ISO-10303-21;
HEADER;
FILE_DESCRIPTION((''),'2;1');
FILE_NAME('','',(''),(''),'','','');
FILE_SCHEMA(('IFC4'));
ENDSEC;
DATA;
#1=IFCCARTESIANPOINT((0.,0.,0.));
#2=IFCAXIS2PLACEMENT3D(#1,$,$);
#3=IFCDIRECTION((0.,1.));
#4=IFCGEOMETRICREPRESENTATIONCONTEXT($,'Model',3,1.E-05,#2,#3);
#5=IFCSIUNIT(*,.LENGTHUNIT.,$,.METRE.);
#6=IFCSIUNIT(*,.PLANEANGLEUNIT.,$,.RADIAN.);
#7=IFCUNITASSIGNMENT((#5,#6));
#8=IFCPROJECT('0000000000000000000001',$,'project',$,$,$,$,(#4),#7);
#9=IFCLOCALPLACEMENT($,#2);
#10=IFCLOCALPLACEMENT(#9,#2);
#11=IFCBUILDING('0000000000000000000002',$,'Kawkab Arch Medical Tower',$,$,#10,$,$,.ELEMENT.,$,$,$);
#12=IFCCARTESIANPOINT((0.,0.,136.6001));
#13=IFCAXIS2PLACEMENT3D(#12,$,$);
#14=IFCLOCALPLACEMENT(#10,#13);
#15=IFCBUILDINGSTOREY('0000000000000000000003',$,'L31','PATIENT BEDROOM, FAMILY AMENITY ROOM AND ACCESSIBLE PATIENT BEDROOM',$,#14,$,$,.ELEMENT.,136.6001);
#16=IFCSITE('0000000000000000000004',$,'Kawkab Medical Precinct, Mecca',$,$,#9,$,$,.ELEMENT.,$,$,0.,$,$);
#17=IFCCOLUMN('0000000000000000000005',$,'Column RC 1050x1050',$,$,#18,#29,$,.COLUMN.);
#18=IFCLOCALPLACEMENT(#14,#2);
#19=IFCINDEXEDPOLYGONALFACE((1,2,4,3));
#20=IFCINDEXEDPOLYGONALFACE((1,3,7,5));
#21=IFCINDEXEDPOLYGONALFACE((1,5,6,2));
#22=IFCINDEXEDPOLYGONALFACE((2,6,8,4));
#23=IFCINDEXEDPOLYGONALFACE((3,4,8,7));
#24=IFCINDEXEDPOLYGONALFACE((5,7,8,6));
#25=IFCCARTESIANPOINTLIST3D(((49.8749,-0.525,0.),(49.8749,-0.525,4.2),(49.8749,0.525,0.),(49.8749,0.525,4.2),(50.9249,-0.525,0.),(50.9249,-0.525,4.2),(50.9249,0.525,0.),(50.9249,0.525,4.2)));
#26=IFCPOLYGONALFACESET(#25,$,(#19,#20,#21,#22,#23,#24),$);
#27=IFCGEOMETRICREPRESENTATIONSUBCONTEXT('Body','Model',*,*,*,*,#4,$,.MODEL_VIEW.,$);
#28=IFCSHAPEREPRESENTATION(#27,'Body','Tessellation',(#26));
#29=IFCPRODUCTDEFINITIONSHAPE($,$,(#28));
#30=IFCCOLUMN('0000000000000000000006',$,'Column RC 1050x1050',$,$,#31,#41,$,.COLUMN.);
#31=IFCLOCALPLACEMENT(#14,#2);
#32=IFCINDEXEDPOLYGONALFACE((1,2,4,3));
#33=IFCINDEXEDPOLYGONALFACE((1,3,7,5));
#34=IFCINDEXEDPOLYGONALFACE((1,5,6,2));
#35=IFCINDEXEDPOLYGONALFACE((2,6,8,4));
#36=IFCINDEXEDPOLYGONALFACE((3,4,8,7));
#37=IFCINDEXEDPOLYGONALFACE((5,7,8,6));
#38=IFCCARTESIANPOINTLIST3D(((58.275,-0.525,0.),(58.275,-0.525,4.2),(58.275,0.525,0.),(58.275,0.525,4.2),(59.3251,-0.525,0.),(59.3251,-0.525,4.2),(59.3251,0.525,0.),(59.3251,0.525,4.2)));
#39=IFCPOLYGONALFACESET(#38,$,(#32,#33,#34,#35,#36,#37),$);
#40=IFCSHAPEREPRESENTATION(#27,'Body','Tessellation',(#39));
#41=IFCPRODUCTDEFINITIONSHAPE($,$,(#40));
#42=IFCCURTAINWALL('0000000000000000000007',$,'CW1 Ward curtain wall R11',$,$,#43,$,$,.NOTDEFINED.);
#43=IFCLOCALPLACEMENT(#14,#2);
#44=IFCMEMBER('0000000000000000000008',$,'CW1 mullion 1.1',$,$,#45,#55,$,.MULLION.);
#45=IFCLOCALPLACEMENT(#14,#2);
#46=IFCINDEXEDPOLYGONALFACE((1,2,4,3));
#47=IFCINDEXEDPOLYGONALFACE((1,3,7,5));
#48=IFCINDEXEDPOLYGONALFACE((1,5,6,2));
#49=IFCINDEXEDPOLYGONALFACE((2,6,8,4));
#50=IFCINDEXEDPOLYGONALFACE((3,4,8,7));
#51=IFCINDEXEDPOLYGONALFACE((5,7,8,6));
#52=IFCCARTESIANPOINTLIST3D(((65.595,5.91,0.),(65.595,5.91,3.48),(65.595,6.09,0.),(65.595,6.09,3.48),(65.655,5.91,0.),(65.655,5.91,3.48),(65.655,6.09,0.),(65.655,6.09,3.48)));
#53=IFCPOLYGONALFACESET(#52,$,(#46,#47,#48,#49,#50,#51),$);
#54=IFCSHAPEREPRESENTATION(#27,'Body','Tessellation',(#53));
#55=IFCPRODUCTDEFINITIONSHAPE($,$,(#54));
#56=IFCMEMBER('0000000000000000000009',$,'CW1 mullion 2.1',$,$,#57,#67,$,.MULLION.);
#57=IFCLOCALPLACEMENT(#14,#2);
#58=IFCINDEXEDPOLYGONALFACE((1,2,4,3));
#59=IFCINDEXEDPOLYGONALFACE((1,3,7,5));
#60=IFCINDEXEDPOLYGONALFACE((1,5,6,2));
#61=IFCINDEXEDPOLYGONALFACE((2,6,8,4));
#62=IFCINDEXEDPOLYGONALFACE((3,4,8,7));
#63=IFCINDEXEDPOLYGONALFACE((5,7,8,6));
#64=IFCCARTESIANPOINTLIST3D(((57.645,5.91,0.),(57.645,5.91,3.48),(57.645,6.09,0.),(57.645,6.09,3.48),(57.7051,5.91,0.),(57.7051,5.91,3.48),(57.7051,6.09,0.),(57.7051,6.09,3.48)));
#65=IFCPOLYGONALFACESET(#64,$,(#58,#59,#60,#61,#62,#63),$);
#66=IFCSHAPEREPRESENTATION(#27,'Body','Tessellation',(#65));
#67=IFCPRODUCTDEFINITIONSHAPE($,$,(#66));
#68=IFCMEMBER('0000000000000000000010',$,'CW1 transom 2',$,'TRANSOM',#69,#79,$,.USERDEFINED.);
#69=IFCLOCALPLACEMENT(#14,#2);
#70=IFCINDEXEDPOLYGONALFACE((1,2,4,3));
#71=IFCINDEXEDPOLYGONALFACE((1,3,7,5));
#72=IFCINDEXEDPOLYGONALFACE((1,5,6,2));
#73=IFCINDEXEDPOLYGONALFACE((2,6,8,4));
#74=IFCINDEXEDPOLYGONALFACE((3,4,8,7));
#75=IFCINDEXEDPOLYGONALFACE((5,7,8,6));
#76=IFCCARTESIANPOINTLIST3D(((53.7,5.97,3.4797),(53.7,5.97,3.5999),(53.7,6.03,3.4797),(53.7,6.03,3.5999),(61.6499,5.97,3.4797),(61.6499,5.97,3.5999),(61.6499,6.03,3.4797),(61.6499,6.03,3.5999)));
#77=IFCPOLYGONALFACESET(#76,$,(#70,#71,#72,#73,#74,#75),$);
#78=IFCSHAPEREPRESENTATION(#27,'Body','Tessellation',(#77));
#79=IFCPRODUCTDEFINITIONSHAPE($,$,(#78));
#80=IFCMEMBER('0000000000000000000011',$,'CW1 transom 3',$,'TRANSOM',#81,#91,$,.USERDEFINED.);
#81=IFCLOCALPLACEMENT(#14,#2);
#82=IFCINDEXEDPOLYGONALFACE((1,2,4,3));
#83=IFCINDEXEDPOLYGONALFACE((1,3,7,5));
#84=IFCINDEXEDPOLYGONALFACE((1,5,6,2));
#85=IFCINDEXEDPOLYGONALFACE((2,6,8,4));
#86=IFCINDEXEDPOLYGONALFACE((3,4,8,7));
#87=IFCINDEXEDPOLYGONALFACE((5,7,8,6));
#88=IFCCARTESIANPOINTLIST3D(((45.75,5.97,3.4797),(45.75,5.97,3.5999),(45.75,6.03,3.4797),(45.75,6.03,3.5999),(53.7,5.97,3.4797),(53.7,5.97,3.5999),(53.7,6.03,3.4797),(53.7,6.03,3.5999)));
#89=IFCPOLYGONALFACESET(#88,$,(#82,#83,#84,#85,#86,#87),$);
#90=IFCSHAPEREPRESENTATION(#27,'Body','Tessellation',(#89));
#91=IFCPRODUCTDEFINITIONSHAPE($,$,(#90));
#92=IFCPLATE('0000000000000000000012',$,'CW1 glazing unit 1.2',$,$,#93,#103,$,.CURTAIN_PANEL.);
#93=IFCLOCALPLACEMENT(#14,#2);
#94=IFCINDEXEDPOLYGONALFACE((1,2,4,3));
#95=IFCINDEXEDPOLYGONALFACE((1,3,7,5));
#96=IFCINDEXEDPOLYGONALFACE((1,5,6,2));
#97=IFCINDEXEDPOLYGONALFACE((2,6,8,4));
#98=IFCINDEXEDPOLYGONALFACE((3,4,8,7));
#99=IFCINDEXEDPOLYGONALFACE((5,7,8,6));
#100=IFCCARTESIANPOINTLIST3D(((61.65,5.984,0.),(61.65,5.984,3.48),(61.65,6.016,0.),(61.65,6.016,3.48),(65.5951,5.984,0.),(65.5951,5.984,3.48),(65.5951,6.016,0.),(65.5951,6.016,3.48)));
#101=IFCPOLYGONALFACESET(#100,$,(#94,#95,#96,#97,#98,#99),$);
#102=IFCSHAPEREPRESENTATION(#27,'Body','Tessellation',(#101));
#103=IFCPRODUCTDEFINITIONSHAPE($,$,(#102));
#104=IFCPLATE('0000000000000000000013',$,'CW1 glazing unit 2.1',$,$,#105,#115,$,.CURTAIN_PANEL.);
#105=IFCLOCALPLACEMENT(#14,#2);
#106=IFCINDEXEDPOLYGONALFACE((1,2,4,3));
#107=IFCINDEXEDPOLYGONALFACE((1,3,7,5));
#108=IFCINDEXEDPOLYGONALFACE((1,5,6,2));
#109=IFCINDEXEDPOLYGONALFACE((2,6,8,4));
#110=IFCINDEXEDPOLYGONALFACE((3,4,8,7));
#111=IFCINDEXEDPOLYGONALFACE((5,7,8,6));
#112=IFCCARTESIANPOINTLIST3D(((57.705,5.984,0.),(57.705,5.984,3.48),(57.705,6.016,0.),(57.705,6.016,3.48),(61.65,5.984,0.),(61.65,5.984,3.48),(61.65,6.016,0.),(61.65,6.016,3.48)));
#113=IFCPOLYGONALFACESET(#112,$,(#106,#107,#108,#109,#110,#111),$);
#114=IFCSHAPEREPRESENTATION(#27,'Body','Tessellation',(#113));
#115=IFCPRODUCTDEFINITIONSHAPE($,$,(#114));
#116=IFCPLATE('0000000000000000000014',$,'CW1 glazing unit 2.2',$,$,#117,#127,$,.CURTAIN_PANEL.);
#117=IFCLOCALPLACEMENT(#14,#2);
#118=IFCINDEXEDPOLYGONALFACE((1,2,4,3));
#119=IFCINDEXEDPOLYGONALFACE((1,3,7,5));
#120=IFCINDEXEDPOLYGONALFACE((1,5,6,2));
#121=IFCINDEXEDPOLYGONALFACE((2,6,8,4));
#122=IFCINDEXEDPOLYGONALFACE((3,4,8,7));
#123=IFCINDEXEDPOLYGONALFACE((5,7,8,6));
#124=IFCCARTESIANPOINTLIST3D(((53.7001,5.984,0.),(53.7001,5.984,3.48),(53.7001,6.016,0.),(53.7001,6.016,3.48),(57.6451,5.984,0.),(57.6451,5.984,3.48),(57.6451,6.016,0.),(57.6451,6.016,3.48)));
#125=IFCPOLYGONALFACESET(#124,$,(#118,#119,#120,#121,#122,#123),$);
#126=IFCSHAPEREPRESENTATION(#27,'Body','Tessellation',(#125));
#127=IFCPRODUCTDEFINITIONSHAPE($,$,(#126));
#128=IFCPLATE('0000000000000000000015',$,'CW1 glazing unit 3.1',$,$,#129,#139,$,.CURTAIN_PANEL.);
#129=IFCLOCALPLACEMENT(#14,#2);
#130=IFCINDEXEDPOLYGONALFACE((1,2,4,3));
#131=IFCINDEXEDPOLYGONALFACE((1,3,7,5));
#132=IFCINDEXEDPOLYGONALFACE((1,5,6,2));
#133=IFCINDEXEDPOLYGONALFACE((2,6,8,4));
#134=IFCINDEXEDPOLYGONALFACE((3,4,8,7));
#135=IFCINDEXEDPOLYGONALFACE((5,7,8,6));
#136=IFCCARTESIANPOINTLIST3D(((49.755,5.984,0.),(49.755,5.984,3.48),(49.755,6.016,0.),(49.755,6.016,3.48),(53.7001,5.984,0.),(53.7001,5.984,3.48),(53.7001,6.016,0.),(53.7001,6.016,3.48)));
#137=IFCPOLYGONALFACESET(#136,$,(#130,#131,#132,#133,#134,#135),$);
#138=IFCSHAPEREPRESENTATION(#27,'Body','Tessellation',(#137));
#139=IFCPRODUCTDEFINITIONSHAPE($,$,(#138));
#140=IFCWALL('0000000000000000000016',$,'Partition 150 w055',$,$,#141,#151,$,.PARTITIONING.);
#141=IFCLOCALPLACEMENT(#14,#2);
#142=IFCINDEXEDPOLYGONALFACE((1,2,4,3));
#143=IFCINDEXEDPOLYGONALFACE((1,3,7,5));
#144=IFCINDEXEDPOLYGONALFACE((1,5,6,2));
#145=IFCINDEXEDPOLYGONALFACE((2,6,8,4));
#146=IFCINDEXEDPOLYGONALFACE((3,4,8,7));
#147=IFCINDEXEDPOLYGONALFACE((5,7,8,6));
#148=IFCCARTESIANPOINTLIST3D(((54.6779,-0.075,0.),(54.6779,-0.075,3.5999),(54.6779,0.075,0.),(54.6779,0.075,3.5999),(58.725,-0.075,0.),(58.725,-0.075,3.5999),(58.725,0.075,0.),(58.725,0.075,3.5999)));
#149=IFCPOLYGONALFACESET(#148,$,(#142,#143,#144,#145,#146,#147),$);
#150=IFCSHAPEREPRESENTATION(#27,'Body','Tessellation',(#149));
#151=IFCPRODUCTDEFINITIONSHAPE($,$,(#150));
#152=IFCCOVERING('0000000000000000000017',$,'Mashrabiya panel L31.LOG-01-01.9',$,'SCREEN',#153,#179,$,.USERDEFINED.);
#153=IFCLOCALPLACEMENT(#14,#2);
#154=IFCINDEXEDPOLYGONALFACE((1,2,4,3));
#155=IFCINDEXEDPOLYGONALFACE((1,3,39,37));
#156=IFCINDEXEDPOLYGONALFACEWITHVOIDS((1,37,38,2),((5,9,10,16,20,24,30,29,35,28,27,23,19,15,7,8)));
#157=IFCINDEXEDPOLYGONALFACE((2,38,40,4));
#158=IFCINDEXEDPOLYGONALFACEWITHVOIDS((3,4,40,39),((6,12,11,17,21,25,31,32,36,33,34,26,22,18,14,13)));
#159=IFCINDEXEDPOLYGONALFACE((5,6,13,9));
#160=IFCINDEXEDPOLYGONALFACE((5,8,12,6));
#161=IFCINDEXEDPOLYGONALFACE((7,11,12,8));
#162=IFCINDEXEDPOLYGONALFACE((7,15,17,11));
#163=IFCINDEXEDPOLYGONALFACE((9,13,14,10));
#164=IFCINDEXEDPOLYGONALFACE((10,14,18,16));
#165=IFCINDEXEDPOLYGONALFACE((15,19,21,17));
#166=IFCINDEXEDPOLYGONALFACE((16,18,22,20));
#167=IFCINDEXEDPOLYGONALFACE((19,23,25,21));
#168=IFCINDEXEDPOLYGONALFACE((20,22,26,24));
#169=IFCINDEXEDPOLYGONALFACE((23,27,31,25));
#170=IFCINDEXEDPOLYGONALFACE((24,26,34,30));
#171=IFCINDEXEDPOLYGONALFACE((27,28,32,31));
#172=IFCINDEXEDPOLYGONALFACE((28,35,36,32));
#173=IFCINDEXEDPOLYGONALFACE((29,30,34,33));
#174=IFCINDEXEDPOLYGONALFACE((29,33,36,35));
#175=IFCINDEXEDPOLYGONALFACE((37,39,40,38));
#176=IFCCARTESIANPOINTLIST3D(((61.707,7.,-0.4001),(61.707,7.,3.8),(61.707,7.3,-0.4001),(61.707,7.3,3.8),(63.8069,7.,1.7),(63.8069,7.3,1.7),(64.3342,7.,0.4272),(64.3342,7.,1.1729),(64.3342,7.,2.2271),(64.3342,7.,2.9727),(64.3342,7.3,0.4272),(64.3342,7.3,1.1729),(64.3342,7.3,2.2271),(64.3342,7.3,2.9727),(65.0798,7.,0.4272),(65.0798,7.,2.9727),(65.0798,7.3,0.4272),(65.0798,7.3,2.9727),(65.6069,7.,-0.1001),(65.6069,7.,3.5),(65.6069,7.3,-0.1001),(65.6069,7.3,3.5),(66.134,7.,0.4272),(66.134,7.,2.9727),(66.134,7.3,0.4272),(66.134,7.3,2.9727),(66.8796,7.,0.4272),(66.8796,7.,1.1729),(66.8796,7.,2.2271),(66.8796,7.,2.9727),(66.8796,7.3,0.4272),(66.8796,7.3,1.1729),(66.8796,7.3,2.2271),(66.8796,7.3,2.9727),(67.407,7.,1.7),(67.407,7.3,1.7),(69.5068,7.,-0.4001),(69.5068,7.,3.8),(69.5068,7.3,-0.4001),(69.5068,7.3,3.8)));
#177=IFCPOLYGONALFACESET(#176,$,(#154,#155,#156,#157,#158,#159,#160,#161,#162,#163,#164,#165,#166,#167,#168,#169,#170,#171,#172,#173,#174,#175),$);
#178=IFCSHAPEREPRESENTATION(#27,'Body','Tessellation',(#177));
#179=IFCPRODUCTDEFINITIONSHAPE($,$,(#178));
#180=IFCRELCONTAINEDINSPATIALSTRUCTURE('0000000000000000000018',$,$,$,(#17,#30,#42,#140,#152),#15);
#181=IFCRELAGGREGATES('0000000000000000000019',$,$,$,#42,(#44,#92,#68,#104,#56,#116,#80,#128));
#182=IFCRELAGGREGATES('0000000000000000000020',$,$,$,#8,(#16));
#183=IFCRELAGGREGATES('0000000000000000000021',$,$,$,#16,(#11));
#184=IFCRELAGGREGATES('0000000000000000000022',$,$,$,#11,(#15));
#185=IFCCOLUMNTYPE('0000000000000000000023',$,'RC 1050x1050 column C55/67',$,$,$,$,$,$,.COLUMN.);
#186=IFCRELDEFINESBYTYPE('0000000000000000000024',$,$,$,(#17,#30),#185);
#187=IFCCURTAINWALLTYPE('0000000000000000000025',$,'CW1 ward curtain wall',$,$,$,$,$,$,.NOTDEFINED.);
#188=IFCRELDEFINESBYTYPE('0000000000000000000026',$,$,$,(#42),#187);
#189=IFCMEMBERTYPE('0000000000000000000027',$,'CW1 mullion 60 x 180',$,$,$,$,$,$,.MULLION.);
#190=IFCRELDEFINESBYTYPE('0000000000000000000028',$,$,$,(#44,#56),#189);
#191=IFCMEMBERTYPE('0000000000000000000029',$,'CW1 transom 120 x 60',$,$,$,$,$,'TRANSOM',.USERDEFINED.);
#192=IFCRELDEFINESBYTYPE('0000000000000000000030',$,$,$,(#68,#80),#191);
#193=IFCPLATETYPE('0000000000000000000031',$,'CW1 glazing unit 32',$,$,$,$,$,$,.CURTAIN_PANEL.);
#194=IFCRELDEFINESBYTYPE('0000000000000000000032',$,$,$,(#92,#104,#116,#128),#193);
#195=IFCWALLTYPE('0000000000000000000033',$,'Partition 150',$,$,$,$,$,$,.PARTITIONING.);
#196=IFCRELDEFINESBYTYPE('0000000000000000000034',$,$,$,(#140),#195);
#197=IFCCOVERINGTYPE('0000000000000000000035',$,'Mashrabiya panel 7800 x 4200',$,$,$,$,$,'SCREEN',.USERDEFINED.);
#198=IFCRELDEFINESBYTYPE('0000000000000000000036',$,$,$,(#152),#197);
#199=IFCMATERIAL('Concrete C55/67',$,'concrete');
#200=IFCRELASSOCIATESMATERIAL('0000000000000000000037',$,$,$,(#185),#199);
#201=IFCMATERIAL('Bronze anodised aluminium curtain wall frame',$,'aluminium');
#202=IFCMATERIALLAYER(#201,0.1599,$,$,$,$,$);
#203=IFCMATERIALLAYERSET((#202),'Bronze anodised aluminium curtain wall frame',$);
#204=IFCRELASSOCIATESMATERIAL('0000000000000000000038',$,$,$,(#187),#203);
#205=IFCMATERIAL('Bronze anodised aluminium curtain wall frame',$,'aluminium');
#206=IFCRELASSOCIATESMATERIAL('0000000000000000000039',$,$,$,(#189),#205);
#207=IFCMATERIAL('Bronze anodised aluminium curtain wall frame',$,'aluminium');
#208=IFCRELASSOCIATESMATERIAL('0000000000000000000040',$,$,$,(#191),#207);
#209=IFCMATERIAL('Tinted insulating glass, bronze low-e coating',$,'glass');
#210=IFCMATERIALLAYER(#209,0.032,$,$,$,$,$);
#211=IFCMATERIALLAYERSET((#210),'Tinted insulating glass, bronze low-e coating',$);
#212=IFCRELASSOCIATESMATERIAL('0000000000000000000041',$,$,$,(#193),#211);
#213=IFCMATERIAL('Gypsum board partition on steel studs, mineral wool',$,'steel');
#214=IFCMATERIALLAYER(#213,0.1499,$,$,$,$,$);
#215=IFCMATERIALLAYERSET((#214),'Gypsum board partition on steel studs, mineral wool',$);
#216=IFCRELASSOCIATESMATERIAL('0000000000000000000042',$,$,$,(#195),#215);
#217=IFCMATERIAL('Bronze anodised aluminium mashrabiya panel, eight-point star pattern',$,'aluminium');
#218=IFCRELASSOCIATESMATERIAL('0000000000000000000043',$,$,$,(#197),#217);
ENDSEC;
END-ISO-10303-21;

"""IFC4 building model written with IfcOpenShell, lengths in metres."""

from ifc_helpers import new_model, si_unit, direction, frame, frame_2d, origin, origin_2d, place, context, subcontext, project, spatial, polyline, rectangle, outline, extrude, material, layer, layer_set, material_profile, profile_set, type_object, element, aggregate, save


model = new_model("IFC4")

# Units and contexts
model_context = context("Model", 3, precision=1e-05, world=origin(), true_north=direction((0.0, 1.0)))
body_context = subcontext(model_context, "Body", "Model", "MODEL_VIEW")
ifc_project = project(units=[si_unit("LENGTHUNIT", "METRE"), si_unit("PLANEANGLEUNIT", "RADIAN")], contexts=[model_context])

# Site, building, storey
site_placement = place(None, origin())
site = spatial("IfcSite", under=ifc_project, at=site_placement, Name="Kawkab Medical Precinct, Mecca", CompositionType="ELEMENT", RefElevation=0.0)
building_placement = place(site_placement, origin())
building = spatial("IfcBuilding", under=site, at=building_placement, Name="Kawkab Arch Medical Tower", CompositionType="ELEMENT")
storey_placement = place(building_placement, frame((0.0, 0.0, 136.6001)))
storey = spatial("IfcBuildingStorey", under=building, at=storey_placement, Name="L31", Description="PATIENT BEDROOM, FAMILY AMENITY ROOM AND ACCESSIBLE PATIENT BEDROOM", CompositionType="ELEMENT", Elevation=136.6001)

# Columns
ifc_material_1 = material(Name="Concrete C55/67", Category="concrete")
ifc_material_profile_1 = material_profile(ifc_material_1, rectangle(XDim=1.05, YDim=1.05, at=origin_2d()), Name="RC 1050x1050")
ifc_profile_set_1 = profile_set([ifc_material_profile_1], Name="Concrete C55/67")
column_type = type_object("IfcColumnType", Name="RC 1050x1050 column C55/67", PredefinedType="COLUMN", material=ifc_profile_set_1)
for number, where, z_axis, x_axis, name in (
    (1, (50.3999, 0.0, 0.0), (0.0, 0.0, 1.0), (1.0, 0.0, 0.0), "Column RC 1050x1050"),
    (2, (58.8, 0.0, 0.0), (0.0, 0.0, 1.0), (1.0, 0.0, 0.0), "Column RC 1050x1050"),
):
    element("IfcColumn", number, at=place(storey_placement, frame(where, z_axis=z_axis, x_axis=x_axis)), inside=storey, type_object=column_type, Name=name, PredefinedType="COLUMN", context=body_context, shape_type="SweptSolid", body=[
        extrude(rectangle(XDim=1.05, YDim=1.05, at=origin_2d()), origin(), (0.0, 0.0, 1.0), 4.2),
    ])

# Curtain wall, members, plates
ifc_material_2 = material(Name="Bronze anodised aluminium curtain wall frame", Category="aluminium")
ifc_layer_1 = layer(ifc_material_2, 0.1599)
ifc_layer_set_1 = layer_set([ifc_layer_1], Name="Bronze anodised aluminium curtain wall frame")
curtain_wall_type = type_object("IfcCurtainWallType", Name="CW1 ward curtain wall", PredefinedType="NOTDEFINED", material=ifc_layer_set_1)
curtain_wall_placement = place(storey_placement, origin())
curtain_wall = element("IfcCurtainWall", 3, at=curtain_wall_placement, inside=storey, type_object=curtain_wall_type, Name="CW1 Ward curtain wall R11", PredefinedType="NOTDEFINED")
ifc_material_3 = material(Name="Bronze anodised aluminium curtain wall frame", Category="aluminium")
ifc_material_profile_2 = material_profile(ifc_material_3, rectangle(XDim=0.1799, YDim=0.0601, at=origin_2d()), Name="AL 60x180")
ifc_profile_set_2 = profile_set([ifc_material_profile_2], Name="Bronze anodised aluminium curtain wall frame")
member_type_1 = type_object("IfcMemberType", Name="CW1 mullion 60 x 180", PredefinedType="MULLION", material=ifc_profile_set_2)
member_1_placement = place(storey_placement, frame((65.625, 6.0, 0.0), z_axis=(0.0, 0.0, 1.0), x_axis=(0.0, -1.0, 0.0)))
member_1 = element("IfcMember", 4, at=member_1_placement, type_object=member_type_1, Name="CW1 mullion 1.1", PredefinedType="MULLION", context=body_context, shape_type="SweptSolid", body=[
    extrude(rectangle(XDim=0.1799, YDim=0.0601, at=origin_2d()), origin(), (0.0, 0.0, 1.0), 3.48),
])
member_2_placement = place(storey_placement, frame((57.675, 6.0, 0.0), z_axis=(0.0, 0.0, 1.0), x_axis=(0.0, -1.0, 0.0)))
member_2 = element("IfcMember", 5, at=member_2_placement, type_object=member_type_1, Name="CW1 mullion 2.1", PredefinedType="MULLION", context=body_context, shape_type="SweptSolid", body=[
    extrude(rectangle(XDim=0.1799, YDim=0.0601, at=origin_2d()), origin(), (0.0, 0.0, 1.0), 3.48),
])
ifc_material_4 = material(Name="Bronze anodised aluminium curtain wall frame", Category="aluminium")
ifc_material_profile_3 = material_profile(ifc_material_4, rectangle(XDim=0.0601, YDim=0.1201, at=origin_2d()), Name="AL 60x120")
ifc_profile_set_3 = profile_set([ifc_material_profile_3], Name="Bronze anodised aluminium curtain wall frame")
member_type_2 = type_object("IfcMemberType", Name="CW1 transom 120 x 60", ElementType="TRANSOM", PredefinedType="USERDEFINED", material=ifc_profile_set_3)
member_3_placement = place(storey_placement, frame((61.6499, 6.0, 3.5398), z_axis=(-1.0, 0.0, 0.0), x_axis=(0.0, -1.0, 0.0)))
member_3 = element("IfcMember", 6, at=member_3_placement, type_object=member_type_2, Name="CW1 transom 2", ObjectType="TRANSOM", PredefinedType="USERDEFINED", context=body_context, shape_type="SweptSolid", body=[
    extrude(rectangle(XDim=0.0601, YDim=0.1201, at=origin_2d()), origin(), (0.0, 0.0, 1.0), 7.95),
])
member_4_placement = place(storey_placement, frame((53.7, 6.0, 3.5398), z_axis=(-1.0, 0.0, 0.0), x_axis=(0.0, -1.0, 0.0)))
member_4 = element("IfcMember", 7, at=member_4_placement, type_object=member_type_2, Name="CW1 transom 3", ObjectType="TRANSOM", PredefinedType="USERDEFINED", context=body_context, shape_type="SweptSolid", body=[
    extrude(rectangle(XDim=0.0601, YDim=0.1201, at=origin_2d()), origin(), (0.0, 0.0, 1.0), 7.95),
])
ifc_material_5 = material(Name="Tinted insulating glass, bronze low-e coating", Category="glass")
ifc_layer_2 = layer(ifc_material_5, 0.032)
ifc_layer_set_2 = layer_set([ifc_layer_2], Name="Tinted insulating glass, bronze low-e coating")
plate_type = type_object("IfcPlateType", Name="CW1 glazing unit 32", PredefinedType="CURTAIN_PANEL", material=ifc_layer_set_2)
plate_1_placement = place(storey_placement, frame((63.6226, 6.0, 0.0), z_axis=(0.0, 0.0, 1.0), x_axis=(-1.0, 0.0, 0.0)))
plate_1 = element("IfcPlate", 8, at=plate_1_placement, type_object=plate_type, Name="CW1 glazing unit 1.2", PredefinedType="CURTAIN_PANEL", context=body_context, shape_type="SweptSolid", body=[
    extrude(rectangle(XDim=3.9451, YDim=0.032, at=origin_2d()), origin(), (0.0, 0.0, 1.0), 3.48),
])
plate_2_placement = place(storey_placement, frame((59.6775, 6.0, 0.0), z_axis=(0.0, 0.0, 1.0), x_axis=(-1.0, 0.0, 0.0)))
plate_2 = element("IfcPlate", 9, at=plate_2_placement, type_object=plate_type, Name="CW1 glazing unit 2.1", PredefinedType="CURTAIN_PANEL", context=body_context, shape_type="SweptSolid", body=[
    extrude(rectangle(XDim=3.9451, YDim=0.032, at=origin_2d()), origin(), (0.0, 0.0, 1.0), 3.48),
])
plate_3_placement = place(storey_placement, frame((55.6726, 6.0, 0.0), z_axis=(0.0, 0.0, 1.0), x_axis=(-1.0, 0.0, 0.0)))
plate_3 = element("IfcPlate", 10, at=plate_3_placement, type_object=plate_type, Name="CW1 glazing unit 2.2", PredefinedType="CURTAIN_PANEL", context=body_context, shape_type="SweptSolid", body=[
    extrude(rectangle(XDim=3.9451, YDim=0.032, at=origin_2d()), origin(), (0.0, 0.0, 1.0), 3.48),
])
plate_4_placement = place(storey_placement, frame((51.7275, 6.0, 0.0), z_axis=(0.0, 0.0, 1.0), x_axis=(-1.0, 0.0, 0.0)))
plate_4 = element("IfcPlate", 11, at=plate_4_placement, type_object=plate_type, Name="CW1 glazing unit 3.1", PredefinedType="CURTAIN_PANEL", context=body_context, shape_type="SweptSolid", body=[
    extrude(rectangle(XDim=3.9451, YDim=0.032, at=origin_2d()), origin(), (0.0, 0.0, 1.0), 3.48),
])
aggregate(curtain_wall, [member_1, plate_1, member_3, plate_2, member_2, plate_3, member_4, plate_4])

# Wall
ifc_material_6 = material(Name="Gypsum board partition on steel studs, mineral wool", Category="steel")
ifc_layer_3 = layer(ifc_material_6, 0.1499)
ifc_layer_set_3 = layer_set([ifc_layer_3], Name="Gypsum board partition on steel studs, mineral wool")
wall_type = type_object("IfcWallType", Name="Partition 150", PredefinedType="PARTITIONING", material=ifc_layer_set_3)
wall_placement = place(storey_placement, frame((54.678, 0.0, 0.0), z_axis=(0.0, 0.0, 1.0), x_axis=(1.0, 0.0, 0.0)))
element("IfcWall", 12, at=wall_placement, inside=storey, type_object=wall_type, Name="Partition 150 w055", PredefinedType="PARTITIONING", context=body_context, shape_type="SweptSolid", body=[
    extrude(rectangle(XDim=4.0471, YDim=0.1499, at=frame_2d((2.0234, 0.0))), origin(), (0.0, 0.0, 1.0), 3.5999),
])

# Covering
ifc_material_7 = material(Name="Bronze anodised aluminium mashrabiya panel, eight-point star pattern", Category="aluminium")
ifc_material_profile_4 = material_profile(ifc_material_7, outline(polyline([(-3.8999, -2.1001), (3.8999, -2.1001), (3.8999, 2.1001), (-3.8999, 2.1001), (-3.8999, -2.1001)]), holes=[polyline([(1.8, 0.0), (1.2727, 0.5271), (1.2727, 1.2727), (0.5271, 1.2727), (0.0, 1.8), (-0.5271, 1.2727), (-1.2727, 1.2727), (-1.2727, 0.5271), (-1.8, 0.0), (-1.2727, -0.5271), (-1.2727, -1.2727), (-0.5271, -1.2727), (0.0, -1.8), (0.5271, -1.2727), (1.2727, -1.2727), (1.2727, -0.5271), (1.8, 0.0)])]), Name="Mashrabiya panel 7800x4200")
ifc_profile_set_4 = profile_set([ifc_material_profile_4], Name="Bronze anodised aluminium mashrabiya panel, eight-point star pattern")
covering_type_1 = type_object("IfcCoveringType", Name="Mashrabiya panel 7800 x 4200", ElementType="SCREEN", PredefinedType="USERDEFINED", material=ifc_profile_set_4)
covering_1_placement = place(storey_placement, frame((65.6069, 7.0, 1.7), z_axis=(0.0, 1.0, 0.0), x_axis=(-1.0, 0.0, 0.0)))
element("IfcCovering", 13, at=covering_1_placement, inside=storey, type_object=covering_type_1, Name="Mashrabiya panel L31.LOG-01-01.9", ObjectType="SCREEN", PredefinedType="USERDEFINED", context=body_context, shape_type="SweptSolid", body=[
    extrude(outline(polyline([(-3.8999, -2.1001), (3.8999, -2.1001), (3.8999, 2.1001), (-3.8999, 2.1001), (-3.8999, -2.1001)]), holes=[polyline([(1.8, 0.0), (1.2727, 0.5271), (1.2727, 1.2727), (0.5271, 1.2727), (0.0, 1.8), (-0.5271, 1.2727), (-1.2727, 1.2727), (-1.2727, 0.5271), (-1.8, 0.0), (-1.2727, -0.5271), (-1.2727, -1.2727), (-0.5271, -1.2727), (0.0, -1.8), (0.5271, -1.2727), (1.2727, -1.2727), (1.2727, -0.5271), (1.8, 0.0)])]), origin(), (0.0, 0.0, 1.0), 0.3),
])

save(model, "model.ifc")
